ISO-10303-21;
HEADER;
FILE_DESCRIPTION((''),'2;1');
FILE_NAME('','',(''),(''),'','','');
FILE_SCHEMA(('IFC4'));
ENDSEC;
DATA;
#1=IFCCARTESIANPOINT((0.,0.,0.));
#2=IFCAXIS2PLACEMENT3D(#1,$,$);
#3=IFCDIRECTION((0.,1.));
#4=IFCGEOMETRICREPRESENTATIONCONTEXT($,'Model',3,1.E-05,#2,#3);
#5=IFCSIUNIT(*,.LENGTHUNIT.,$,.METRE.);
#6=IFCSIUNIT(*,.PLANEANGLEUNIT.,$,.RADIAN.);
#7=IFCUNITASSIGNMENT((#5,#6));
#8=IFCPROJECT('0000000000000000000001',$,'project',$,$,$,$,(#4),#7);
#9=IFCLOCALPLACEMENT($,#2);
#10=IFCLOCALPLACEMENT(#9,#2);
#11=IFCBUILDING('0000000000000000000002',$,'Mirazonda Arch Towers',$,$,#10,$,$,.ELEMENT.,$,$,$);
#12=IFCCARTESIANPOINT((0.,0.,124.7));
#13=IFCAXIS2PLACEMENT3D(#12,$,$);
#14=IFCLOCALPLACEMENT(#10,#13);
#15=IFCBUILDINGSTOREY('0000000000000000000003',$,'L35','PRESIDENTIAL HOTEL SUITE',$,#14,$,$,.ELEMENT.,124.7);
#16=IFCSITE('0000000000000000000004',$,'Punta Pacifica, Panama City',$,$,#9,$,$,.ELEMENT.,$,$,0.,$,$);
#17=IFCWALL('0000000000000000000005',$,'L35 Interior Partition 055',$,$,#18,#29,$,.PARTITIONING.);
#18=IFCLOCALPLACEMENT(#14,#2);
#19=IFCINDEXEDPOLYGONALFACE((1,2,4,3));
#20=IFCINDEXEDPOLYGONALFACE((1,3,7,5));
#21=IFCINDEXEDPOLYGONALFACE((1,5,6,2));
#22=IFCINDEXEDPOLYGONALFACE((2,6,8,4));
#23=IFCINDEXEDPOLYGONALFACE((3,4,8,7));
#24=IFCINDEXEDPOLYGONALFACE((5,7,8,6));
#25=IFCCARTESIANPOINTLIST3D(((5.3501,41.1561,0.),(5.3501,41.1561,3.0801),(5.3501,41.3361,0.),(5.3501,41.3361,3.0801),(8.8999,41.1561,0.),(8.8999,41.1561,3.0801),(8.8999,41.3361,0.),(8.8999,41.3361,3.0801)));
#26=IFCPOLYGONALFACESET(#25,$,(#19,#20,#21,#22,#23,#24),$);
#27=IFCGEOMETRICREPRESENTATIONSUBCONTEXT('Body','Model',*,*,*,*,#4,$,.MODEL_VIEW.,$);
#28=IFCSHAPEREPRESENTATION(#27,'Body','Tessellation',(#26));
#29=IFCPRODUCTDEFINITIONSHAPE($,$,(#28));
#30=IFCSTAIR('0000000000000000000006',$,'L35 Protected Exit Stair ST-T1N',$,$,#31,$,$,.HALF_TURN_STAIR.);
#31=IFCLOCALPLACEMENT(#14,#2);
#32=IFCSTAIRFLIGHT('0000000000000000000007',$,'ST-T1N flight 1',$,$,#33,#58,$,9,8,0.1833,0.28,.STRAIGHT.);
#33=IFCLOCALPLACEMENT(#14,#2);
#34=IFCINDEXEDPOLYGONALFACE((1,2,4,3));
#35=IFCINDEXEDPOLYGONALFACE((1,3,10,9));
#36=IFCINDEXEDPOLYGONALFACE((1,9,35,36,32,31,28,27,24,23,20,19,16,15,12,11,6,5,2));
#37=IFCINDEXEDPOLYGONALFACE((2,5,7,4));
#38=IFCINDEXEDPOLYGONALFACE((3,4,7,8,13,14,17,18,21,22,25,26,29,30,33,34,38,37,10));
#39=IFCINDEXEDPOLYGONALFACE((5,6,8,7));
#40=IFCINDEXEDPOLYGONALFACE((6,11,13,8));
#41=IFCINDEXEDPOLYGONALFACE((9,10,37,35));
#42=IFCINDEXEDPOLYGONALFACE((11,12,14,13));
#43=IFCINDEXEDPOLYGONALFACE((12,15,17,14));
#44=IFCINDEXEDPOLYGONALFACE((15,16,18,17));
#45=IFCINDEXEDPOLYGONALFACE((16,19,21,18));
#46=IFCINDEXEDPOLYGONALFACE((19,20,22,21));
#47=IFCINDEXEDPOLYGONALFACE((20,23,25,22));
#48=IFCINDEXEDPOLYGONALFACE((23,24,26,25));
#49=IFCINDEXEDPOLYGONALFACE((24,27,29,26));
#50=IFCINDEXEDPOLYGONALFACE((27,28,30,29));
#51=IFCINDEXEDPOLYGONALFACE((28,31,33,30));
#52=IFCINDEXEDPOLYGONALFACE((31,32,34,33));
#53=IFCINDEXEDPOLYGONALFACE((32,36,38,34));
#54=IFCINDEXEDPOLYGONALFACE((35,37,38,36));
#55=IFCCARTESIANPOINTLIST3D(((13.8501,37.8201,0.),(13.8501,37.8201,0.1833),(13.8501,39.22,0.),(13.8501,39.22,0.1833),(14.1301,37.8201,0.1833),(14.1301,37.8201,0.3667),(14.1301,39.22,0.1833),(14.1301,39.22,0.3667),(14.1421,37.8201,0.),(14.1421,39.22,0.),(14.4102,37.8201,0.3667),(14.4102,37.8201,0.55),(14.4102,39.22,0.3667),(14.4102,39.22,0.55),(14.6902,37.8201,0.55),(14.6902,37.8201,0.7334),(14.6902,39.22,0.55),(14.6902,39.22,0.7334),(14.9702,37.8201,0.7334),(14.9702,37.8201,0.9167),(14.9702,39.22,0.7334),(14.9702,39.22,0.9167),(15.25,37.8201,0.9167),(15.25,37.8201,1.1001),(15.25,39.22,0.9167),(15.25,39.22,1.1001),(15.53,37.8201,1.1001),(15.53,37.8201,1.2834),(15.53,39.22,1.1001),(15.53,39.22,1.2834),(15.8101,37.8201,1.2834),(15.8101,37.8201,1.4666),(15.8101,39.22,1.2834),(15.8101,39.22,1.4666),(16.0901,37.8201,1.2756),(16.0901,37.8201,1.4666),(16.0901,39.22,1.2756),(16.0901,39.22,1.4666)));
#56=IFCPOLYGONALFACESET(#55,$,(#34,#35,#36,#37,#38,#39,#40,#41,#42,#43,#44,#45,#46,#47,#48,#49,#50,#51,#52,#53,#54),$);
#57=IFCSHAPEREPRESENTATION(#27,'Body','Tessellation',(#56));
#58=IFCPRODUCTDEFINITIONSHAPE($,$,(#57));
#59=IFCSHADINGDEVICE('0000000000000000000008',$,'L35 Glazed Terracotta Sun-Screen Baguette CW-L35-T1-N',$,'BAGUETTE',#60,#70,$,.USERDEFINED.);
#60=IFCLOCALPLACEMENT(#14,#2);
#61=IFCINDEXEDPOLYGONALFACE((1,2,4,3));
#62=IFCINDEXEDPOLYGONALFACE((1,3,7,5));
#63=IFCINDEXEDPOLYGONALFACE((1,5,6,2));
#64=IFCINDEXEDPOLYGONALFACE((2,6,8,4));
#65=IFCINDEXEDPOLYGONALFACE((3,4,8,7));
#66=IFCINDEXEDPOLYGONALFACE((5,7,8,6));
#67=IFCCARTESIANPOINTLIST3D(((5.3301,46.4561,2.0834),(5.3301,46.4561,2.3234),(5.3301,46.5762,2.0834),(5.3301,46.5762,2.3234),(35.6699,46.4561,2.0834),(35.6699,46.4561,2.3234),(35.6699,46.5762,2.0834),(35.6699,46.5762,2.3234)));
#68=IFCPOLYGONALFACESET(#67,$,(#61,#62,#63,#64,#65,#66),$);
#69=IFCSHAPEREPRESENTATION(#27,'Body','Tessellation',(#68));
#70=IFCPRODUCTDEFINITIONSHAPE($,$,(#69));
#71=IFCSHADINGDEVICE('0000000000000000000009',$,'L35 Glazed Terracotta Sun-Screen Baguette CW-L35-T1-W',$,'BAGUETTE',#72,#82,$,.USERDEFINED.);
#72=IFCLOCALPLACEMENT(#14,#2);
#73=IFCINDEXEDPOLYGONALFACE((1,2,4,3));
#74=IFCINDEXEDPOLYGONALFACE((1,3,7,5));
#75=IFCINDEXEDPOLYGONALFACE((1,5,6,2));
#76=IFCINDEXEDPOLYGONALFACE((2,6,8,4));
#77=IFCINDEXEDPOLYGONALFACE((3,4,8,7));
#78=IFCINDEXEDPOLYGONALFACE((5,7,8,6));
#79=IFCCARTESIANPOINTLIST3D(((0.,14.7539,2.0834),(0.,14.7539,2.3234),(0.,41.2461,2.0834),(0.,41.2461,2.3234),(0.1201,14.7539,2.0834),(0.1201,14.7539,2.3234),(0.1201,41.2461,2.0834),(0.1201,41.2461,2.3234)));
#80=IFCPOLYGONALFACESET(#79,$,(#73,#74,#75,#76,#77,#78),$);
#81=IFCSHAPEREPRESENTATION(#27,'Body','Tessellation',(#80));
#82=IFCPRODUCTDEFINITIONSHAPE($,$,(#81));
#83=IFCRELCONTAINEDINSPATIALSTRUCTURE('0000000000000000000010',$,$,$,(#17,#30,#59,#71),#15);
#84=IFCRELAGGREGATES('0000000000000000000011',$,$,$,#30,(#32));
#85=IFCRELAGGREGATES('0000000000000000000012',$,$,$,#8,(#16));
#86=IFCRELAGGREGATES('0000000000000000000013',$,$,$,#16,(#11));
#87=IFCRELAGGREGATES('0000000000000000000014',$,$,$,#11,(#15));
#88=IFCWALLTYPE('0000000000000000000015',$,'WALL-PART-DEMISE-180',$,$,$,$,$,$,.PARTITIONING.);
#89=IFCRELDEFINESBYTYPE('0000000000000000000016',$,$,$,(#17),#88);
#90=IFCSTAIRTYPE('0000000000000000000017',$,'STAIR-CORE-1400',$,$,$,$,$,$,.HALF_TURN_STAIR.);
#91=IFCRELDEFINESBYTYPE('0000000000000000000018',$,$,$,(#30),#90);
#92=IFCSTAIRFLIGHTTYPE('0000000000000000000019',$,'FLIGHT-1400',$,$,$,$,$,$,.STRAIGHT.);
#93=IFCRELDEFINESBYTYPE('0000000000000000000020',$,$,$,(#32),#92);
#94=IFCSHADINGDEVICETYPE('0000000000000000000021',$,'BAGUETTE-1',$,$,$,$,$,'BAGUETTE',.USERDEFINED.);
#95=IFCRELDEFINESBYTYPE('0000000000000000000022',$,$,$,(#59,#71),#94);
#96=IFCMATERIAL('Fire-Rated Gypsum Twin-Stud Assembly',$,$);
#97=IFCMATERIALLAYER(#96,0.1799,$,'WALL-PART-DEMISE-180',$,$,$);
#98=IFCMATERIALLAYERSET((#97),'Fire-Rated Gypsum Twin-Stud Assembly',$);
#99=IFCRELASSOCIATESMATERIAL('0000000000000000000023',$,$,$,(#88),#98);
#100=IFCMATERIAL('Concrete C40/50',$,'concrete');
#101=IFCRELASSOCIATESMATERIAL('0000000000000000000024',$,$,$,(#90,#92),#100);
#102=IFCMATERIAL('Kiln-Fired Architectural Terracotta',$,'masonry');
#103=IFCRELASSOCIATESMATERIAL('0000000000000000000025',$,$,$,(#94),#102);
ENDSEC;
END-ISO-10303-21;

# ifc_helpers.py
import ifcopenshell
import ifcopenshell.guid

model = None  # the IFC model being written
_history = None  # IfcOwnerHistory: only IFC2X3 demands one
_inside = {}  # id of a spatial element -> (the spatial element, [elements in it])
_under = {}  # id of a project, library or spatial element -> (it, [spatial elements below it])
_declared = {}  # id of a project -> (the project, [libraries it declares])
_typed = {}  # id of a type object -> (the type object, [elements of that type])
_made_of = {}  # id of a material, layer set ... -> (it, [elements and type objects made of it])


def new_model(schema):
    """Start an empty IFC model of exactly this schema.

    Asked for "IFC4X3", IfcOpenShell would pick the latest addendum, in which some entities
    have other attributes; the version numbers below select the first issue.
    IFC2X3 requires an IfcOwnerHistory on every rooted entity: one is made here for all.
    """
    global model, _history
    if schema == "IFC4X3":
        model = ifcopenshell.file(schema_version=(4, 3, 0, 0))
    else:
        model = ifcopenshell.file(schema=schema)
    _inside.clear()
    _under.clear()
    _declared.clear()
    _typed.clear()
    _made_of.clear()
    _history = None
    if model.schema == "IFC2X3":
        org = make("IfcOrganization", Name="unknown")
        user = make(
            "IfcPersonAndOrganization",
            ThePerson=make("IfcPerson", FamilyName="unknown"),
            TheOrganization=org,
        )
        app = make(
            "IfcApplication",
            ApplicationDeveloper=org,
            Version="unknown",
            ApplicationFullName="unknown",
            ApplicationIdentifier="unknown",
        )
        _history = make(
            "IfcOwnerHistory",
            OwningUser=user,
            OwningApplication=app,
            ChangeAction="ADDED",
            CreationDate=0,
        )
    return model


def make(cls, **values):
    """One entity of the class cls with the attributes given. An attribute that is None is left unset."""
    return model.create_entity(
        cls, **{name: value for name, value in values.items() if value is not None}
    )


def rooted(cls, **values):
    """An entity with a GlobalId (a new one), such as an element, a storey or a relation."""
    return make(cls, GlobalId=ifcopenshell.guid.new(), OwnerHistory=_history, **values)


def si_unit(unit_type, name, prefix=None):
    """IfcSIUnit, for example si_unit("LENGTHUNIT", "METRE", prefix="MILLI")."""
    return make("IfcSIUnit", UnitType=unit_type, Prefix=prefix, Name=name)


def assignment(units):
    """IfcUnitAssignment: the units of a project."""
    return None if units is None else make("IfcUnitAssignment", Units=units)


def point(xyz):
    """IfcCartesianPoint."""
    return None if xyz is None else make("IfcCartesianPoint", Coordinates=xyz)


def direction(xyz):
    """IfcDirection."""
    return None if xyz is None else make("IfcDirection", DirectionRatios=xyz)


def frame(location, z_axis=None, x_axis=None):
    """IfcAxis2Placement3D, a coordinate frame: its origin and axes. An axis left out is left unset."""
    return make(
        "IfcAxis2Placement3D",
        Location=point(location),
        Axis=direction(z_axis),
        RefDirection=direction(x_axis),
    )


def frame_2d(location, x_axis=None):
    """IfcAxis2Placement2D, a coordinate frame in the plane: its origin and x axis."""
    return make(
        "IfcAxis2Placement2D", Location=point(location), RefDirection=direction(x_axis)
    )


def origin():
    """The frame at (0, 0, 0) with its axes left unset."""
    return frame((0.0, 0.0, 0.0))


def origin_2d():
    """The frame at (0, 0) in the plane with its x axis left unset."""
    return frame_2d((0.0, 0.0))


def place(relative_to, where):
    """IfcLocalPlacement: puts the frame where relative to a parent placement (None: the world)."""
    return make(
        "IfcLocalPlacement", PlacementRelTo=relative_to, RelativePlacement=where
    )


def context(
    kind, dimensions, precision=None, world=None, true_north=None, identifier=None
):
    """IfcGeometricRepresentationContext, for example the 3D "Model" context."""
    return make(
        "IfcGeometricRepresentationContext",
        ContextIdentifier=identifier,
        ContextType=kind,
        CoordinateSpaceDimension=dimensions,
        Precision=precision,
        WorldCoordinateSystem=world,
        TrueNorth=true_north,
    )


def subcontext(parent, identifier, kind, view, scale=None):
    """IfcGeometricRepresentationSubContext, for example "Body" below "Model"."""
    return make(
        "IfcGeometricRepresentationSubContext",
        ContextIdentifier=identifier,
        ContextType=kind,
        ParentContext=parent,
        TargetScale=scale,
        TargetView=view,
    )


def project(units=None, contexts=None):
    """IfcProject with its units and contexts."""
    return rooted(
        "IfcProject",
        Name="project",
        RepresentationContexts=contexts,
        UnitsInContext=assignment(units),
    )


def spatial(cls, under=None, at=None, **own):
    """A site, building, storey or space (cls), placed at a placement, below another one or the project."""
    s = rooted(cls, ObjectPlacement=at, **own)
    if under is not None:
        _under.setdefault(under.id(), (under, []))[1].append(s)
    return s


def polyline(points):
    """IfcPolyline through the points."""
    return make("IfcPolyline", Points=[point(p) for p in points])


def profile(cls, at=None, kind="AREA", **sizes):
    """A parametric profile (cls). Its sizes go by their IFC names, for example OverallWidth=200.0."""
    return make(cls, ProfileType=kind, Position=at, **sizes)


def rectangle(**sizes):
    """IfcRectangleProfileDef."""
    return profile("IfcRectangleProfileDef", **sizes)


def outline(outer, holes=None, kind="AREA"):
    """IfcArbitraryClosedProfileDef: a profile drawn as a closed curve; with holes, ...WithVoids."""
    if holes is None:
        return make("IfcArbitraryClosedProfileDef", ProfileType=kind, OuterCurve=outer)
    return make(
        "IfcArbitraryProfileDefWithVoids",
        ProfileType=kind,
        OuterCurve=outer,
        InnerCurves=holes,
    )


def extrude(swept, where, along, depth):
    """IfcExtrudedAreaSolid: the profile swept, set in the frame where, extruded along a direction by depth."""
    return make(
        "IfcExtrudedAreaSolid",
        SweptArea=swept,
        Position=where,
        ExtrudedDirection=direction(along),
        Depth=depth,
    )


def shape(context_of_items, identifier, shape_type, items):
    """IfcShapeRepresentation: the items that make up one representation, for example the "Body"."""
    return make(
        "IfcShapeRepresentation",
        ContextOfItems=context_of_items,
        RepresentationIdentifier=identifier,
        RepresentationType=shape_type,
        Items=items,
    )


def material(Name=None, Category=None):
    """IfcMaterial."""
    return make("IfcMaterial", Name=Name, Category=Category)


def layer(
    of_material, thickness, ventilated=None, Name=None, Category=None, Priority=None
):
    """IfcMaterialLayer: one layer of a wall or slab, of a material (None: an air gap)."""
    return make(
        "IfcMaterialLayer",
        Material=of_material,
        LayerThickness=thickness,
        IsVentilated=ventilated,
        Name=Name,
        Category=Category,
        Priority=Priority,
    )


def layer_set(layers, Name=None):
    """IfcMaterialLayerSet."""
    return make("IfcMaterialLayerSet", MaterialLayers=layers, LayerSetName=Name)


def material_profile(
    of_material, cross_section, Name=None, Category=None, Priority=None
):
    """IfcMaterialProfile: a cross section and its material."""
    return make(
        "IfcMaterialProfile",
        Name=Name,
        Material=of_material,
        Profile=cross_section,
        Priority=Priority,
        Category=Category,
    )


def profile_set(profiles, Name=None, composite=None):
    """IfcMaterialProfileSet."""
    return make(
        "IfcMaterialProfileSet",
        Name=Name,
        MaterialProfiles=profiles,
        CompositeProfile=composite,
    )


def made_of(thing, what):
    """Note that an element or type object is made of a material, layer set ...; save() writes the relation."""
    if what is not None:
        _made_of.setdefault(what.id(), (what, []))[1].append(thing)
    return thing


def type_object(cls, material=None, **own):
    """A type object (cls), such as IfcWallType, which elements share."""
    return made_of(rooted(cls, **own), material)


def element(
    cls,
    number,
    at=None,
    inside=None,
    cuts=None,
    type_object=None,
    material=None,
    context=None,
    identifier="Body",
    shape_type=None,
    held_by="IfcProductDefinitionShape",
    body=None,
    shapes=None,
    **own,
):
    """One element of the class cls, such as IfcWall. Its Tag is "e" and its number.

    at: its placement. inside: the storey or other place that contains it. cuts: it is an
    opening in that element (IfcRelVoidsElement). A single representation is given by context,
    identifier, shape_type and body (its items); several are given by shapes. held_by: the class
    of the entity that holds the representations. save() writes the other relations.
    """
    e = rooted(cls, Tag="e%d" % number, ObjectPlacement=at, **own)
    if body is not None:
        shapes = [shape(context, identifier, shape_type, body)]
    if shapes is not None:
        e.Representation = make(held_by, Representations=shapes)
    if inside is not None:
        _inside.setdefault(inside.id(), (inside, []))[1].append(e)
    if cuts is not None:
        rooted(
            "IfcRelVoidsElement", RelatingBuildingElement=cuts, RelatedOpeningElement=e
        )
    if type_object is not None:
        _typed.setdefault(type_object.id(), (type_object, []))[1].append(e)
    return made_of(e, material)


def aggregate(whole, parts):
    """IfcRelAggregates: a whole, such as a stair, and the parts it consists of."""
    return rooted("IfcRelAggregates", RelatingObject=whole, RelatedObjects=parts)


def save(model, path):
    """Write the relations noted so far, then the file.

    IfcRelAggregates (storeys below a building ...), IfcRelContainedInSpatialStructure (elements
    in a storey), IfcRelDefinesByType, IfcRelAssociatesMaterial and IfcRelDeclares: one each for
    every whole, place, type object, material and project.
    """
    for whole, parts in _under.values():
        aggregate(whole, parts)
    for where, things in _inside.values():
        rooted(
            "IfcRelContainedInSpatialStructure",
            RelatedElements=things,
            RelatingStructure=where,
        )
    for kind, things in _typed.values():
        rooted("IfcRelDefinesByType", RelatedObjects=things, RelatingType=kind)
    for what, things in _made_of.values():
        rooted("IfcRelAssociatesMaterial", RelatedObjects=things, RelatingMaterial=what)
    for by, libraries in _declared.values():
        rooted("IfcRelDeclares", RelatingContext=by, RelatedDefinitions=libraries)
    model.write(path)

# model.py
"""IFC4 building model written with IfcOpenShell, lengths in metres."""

from ifc_helpers import new_model, si_unit, direction, frame, frame_2d, origin, origin_2d, place, context, subcontext, project, spatial, polyline, rectangle, outline, extrude, material, layer, layer_set, material_profile, profile_set, type_object, element, aggregate, save


model = new_model("IFC4")

# Units and contexts
model_context = context("Model", 3, precision=1e-05, world=origin(), true_north=direction((0.0, 1.0)))
body_context = subcontext(model_context, "Body", "Model", "MODEL_VIEW")
ifc_project = project(units=[si_unit("LENGTHUNIT", "METRE"), si_unit("PLANEANGLEUNIT", "RADIAN")], contexts=[model_context])

# Site, building, storey
site_placement = place(None, origin())
site = spatial("IfcSite", under=ifc_project, at=site_placement, Name="Punta Pacifica, Panama City", CompositionType="ELEMENT", RefElevation=0.0)
building_placement = place(site_placement, origin())
building = spatial("IfcBuilding", under=site, at=building_placement, Name="Mirazonda Arch Towers", CompositionType="ELEMENT")
storey_placement = place(building_placement, frame((0.0, 0.0, 124.7)))
storey = spatial("IfcBuildingStorey", under=building, at=storey_placement, Name="L35", Description="PRESIDENTIAL HOTEL SUITE", CompositionType="ELEMENT", Elevation=124.7)

# Wall
ifc_material_1 = material(Name="Fire-Rated Gypsum Twin-Stud Assembly")
ifc_layer_1 = layer(ifc_material_1, 0.1799, Name="WALL-PART-DEMISE-180")
ifc_layer_set_1 = layer_set([ifc_layer_1], Name="Fire-Rated Gypsum Twin-Stud Assembly")
wall_type_1 = type_object("IfcWallType", Name="WALL-PART-DEMISE-180", PredefinedType="PARTITIONING", material=ifc_layer_set_1)
wall_1_placement = place(storey_placement, frame((5.3501, 41.2461, 0.0), z_axis=(0.0, 0.0, 1.0), x_axis=(1.0, 0.0, 0.0)))
element("IfcWall", 1, at=wall_1_placement, inside=storey, type_object=wall_type_1, Name="L35 Interior Partition 055", PredefinedType="PARTITIONING", context=body_context, shape_type="SweptSolid", body=[
    extrude(rectangle(XDim=3.5498, YDim=0.1799, at=frame_2d((1.7749, 0.0))), origin(), (0.0, 0.0, 1.0), 3.0801),
])

# Stair, stair flight
ifc_material_2 = material(Name="Concrete C40/50", Category="concrete")
stair_type = type_object("IfcStairType", Name="STAIR-CORE-1400", PredefinedType="HALF_TURN_STAIR", material=ifc_material_2)
stair_placement = place(storey_placement, origin())
stair = element("IfcStair", 2, at=stair_placement, inside=storey, type_object=stair_type, Name="L35 Protected Exit Stair ST-T1N", PredefinedType="HALF_TURN_STAIR")
stair_flight_type = type_object("IfcStairFlightType", Name="FLIGHT-1400", PredefinedType="STRAIGHT", material=ifc_material_2)
stair_flight_placement = place(storey_placement, frame((13.8501, 38.52, 0.0), z_axis=(0.0, 0.0, 1.0), x_axis=(1.0, 0.0, 0.0)))
stair_flight = element("IfcStairFlight", 3, at=stair_flight_placement, type_object=stair_flight_type, Name="ST-T1N flight 1", NumberOfRisers=9, NumberOfTreads=8, PredefinedType="STRAIGHT", RiserHeight=0.1833, TreadLength=0.28, context=body_context, shape_type="SweptSolid", body=[
    extrude(outline(polyline([(0.0, 0.0), (0.0, 0.1833), (0.28, 0.1833), (0.28, 0.3667), (0.5601, 0.3667), (0.5601, 0.55), (0.8401, 0.55), (0.8401, 0.7334), (1.1201, 0.7334), (1.1201, 0.9167), (1.3999, 0.9167), (1.3999, 1.1001), (1.6799, 1.1001), (1.6799, 1.2834), (1.96, 1.2834), (1.96, 1.4666), (2.24, 1.4666), (2.24, 1.6499), (2.24, 1.2756), (0.292, 0.0), (0.0, 0.0)])), frame((0.0, 0.7, 0.0), z_axis=(0.0, -1.0, 0.0), x_axis=(1.0, 0.0, 0.0)), (0.0, 0.0, 1.0), 1.3999),
])
aggregate(stair, [stair_flight])

# Shading devices
ifc_material_3 = material(Name="Kiln-Fired Architectural Terracotta", Category="masonry")
ifc_material_profile_1 = material_profile(ifc_material_3, rectangle(XDim=0.1201, YDim=0.24, at=origin_2d()), Name="TERRA-BAG-120x240")
ifc_profile_set_1 = profile_set([ifc_material_profile_1], Name="Kiln-Fired Architectural Terracotta")
shading_device_type = type_object("IfcShadingDeviceType", Name="BAGUETTE-1", ElementType="BAGUETTE", PredefinedType="USERDEFINED", material=ifc_profile_set_1)
shading_device_1_placement = place(storey_placement, frame((5.3301, 46.5161, 2.2034), z_axis=(1.0, 0.0, 0.0), x_axis=(0.0, 1.0, 0.0)))
element("IfcShadingDevice", 4, at=shading_device_1_placement, inside=storey, type_object=shading_device_type, Name="L35 Glazed Terracotta Sun-Screen Baguette CW-L35-T1-N", ObjectType="BAGUETTE", PredefinedType="USERDEFINED", context=body_context, shape_type="SweptSolid", body=[
    extrude(rectangle(XDim=0.1201, YDim=0.24, at=origin_2d()), origin(), (0.0, 0.0, 1.0), 30.3398),
])
shading_device_2_placement = place(storey_placement, frame((0.0601, 41.2461, 2.2034), z_axis=(0.0, -1.0, 0.0), x_axis=(1.0, 0.0, 0.0)))
element("IfcShadingDevice", 5, at=shading_device_2_placement, inside=storey, type_object=shading_device_type, Name="L35 Glazed Terracotta Sun-Screen Baguette CW-L35-T1-W", ObjectType="BAGUETTE", PredefinedType="USERDEFINED", context=body_context, shape_type="SweptSolid", body=[
    extrude(rectangle(XDim=0.1201, YDim=0.24, at=origin_2d()), origin(), (0.0, 0.0, 1.0), 26.4922),
])

save(model, "model.ifc")
